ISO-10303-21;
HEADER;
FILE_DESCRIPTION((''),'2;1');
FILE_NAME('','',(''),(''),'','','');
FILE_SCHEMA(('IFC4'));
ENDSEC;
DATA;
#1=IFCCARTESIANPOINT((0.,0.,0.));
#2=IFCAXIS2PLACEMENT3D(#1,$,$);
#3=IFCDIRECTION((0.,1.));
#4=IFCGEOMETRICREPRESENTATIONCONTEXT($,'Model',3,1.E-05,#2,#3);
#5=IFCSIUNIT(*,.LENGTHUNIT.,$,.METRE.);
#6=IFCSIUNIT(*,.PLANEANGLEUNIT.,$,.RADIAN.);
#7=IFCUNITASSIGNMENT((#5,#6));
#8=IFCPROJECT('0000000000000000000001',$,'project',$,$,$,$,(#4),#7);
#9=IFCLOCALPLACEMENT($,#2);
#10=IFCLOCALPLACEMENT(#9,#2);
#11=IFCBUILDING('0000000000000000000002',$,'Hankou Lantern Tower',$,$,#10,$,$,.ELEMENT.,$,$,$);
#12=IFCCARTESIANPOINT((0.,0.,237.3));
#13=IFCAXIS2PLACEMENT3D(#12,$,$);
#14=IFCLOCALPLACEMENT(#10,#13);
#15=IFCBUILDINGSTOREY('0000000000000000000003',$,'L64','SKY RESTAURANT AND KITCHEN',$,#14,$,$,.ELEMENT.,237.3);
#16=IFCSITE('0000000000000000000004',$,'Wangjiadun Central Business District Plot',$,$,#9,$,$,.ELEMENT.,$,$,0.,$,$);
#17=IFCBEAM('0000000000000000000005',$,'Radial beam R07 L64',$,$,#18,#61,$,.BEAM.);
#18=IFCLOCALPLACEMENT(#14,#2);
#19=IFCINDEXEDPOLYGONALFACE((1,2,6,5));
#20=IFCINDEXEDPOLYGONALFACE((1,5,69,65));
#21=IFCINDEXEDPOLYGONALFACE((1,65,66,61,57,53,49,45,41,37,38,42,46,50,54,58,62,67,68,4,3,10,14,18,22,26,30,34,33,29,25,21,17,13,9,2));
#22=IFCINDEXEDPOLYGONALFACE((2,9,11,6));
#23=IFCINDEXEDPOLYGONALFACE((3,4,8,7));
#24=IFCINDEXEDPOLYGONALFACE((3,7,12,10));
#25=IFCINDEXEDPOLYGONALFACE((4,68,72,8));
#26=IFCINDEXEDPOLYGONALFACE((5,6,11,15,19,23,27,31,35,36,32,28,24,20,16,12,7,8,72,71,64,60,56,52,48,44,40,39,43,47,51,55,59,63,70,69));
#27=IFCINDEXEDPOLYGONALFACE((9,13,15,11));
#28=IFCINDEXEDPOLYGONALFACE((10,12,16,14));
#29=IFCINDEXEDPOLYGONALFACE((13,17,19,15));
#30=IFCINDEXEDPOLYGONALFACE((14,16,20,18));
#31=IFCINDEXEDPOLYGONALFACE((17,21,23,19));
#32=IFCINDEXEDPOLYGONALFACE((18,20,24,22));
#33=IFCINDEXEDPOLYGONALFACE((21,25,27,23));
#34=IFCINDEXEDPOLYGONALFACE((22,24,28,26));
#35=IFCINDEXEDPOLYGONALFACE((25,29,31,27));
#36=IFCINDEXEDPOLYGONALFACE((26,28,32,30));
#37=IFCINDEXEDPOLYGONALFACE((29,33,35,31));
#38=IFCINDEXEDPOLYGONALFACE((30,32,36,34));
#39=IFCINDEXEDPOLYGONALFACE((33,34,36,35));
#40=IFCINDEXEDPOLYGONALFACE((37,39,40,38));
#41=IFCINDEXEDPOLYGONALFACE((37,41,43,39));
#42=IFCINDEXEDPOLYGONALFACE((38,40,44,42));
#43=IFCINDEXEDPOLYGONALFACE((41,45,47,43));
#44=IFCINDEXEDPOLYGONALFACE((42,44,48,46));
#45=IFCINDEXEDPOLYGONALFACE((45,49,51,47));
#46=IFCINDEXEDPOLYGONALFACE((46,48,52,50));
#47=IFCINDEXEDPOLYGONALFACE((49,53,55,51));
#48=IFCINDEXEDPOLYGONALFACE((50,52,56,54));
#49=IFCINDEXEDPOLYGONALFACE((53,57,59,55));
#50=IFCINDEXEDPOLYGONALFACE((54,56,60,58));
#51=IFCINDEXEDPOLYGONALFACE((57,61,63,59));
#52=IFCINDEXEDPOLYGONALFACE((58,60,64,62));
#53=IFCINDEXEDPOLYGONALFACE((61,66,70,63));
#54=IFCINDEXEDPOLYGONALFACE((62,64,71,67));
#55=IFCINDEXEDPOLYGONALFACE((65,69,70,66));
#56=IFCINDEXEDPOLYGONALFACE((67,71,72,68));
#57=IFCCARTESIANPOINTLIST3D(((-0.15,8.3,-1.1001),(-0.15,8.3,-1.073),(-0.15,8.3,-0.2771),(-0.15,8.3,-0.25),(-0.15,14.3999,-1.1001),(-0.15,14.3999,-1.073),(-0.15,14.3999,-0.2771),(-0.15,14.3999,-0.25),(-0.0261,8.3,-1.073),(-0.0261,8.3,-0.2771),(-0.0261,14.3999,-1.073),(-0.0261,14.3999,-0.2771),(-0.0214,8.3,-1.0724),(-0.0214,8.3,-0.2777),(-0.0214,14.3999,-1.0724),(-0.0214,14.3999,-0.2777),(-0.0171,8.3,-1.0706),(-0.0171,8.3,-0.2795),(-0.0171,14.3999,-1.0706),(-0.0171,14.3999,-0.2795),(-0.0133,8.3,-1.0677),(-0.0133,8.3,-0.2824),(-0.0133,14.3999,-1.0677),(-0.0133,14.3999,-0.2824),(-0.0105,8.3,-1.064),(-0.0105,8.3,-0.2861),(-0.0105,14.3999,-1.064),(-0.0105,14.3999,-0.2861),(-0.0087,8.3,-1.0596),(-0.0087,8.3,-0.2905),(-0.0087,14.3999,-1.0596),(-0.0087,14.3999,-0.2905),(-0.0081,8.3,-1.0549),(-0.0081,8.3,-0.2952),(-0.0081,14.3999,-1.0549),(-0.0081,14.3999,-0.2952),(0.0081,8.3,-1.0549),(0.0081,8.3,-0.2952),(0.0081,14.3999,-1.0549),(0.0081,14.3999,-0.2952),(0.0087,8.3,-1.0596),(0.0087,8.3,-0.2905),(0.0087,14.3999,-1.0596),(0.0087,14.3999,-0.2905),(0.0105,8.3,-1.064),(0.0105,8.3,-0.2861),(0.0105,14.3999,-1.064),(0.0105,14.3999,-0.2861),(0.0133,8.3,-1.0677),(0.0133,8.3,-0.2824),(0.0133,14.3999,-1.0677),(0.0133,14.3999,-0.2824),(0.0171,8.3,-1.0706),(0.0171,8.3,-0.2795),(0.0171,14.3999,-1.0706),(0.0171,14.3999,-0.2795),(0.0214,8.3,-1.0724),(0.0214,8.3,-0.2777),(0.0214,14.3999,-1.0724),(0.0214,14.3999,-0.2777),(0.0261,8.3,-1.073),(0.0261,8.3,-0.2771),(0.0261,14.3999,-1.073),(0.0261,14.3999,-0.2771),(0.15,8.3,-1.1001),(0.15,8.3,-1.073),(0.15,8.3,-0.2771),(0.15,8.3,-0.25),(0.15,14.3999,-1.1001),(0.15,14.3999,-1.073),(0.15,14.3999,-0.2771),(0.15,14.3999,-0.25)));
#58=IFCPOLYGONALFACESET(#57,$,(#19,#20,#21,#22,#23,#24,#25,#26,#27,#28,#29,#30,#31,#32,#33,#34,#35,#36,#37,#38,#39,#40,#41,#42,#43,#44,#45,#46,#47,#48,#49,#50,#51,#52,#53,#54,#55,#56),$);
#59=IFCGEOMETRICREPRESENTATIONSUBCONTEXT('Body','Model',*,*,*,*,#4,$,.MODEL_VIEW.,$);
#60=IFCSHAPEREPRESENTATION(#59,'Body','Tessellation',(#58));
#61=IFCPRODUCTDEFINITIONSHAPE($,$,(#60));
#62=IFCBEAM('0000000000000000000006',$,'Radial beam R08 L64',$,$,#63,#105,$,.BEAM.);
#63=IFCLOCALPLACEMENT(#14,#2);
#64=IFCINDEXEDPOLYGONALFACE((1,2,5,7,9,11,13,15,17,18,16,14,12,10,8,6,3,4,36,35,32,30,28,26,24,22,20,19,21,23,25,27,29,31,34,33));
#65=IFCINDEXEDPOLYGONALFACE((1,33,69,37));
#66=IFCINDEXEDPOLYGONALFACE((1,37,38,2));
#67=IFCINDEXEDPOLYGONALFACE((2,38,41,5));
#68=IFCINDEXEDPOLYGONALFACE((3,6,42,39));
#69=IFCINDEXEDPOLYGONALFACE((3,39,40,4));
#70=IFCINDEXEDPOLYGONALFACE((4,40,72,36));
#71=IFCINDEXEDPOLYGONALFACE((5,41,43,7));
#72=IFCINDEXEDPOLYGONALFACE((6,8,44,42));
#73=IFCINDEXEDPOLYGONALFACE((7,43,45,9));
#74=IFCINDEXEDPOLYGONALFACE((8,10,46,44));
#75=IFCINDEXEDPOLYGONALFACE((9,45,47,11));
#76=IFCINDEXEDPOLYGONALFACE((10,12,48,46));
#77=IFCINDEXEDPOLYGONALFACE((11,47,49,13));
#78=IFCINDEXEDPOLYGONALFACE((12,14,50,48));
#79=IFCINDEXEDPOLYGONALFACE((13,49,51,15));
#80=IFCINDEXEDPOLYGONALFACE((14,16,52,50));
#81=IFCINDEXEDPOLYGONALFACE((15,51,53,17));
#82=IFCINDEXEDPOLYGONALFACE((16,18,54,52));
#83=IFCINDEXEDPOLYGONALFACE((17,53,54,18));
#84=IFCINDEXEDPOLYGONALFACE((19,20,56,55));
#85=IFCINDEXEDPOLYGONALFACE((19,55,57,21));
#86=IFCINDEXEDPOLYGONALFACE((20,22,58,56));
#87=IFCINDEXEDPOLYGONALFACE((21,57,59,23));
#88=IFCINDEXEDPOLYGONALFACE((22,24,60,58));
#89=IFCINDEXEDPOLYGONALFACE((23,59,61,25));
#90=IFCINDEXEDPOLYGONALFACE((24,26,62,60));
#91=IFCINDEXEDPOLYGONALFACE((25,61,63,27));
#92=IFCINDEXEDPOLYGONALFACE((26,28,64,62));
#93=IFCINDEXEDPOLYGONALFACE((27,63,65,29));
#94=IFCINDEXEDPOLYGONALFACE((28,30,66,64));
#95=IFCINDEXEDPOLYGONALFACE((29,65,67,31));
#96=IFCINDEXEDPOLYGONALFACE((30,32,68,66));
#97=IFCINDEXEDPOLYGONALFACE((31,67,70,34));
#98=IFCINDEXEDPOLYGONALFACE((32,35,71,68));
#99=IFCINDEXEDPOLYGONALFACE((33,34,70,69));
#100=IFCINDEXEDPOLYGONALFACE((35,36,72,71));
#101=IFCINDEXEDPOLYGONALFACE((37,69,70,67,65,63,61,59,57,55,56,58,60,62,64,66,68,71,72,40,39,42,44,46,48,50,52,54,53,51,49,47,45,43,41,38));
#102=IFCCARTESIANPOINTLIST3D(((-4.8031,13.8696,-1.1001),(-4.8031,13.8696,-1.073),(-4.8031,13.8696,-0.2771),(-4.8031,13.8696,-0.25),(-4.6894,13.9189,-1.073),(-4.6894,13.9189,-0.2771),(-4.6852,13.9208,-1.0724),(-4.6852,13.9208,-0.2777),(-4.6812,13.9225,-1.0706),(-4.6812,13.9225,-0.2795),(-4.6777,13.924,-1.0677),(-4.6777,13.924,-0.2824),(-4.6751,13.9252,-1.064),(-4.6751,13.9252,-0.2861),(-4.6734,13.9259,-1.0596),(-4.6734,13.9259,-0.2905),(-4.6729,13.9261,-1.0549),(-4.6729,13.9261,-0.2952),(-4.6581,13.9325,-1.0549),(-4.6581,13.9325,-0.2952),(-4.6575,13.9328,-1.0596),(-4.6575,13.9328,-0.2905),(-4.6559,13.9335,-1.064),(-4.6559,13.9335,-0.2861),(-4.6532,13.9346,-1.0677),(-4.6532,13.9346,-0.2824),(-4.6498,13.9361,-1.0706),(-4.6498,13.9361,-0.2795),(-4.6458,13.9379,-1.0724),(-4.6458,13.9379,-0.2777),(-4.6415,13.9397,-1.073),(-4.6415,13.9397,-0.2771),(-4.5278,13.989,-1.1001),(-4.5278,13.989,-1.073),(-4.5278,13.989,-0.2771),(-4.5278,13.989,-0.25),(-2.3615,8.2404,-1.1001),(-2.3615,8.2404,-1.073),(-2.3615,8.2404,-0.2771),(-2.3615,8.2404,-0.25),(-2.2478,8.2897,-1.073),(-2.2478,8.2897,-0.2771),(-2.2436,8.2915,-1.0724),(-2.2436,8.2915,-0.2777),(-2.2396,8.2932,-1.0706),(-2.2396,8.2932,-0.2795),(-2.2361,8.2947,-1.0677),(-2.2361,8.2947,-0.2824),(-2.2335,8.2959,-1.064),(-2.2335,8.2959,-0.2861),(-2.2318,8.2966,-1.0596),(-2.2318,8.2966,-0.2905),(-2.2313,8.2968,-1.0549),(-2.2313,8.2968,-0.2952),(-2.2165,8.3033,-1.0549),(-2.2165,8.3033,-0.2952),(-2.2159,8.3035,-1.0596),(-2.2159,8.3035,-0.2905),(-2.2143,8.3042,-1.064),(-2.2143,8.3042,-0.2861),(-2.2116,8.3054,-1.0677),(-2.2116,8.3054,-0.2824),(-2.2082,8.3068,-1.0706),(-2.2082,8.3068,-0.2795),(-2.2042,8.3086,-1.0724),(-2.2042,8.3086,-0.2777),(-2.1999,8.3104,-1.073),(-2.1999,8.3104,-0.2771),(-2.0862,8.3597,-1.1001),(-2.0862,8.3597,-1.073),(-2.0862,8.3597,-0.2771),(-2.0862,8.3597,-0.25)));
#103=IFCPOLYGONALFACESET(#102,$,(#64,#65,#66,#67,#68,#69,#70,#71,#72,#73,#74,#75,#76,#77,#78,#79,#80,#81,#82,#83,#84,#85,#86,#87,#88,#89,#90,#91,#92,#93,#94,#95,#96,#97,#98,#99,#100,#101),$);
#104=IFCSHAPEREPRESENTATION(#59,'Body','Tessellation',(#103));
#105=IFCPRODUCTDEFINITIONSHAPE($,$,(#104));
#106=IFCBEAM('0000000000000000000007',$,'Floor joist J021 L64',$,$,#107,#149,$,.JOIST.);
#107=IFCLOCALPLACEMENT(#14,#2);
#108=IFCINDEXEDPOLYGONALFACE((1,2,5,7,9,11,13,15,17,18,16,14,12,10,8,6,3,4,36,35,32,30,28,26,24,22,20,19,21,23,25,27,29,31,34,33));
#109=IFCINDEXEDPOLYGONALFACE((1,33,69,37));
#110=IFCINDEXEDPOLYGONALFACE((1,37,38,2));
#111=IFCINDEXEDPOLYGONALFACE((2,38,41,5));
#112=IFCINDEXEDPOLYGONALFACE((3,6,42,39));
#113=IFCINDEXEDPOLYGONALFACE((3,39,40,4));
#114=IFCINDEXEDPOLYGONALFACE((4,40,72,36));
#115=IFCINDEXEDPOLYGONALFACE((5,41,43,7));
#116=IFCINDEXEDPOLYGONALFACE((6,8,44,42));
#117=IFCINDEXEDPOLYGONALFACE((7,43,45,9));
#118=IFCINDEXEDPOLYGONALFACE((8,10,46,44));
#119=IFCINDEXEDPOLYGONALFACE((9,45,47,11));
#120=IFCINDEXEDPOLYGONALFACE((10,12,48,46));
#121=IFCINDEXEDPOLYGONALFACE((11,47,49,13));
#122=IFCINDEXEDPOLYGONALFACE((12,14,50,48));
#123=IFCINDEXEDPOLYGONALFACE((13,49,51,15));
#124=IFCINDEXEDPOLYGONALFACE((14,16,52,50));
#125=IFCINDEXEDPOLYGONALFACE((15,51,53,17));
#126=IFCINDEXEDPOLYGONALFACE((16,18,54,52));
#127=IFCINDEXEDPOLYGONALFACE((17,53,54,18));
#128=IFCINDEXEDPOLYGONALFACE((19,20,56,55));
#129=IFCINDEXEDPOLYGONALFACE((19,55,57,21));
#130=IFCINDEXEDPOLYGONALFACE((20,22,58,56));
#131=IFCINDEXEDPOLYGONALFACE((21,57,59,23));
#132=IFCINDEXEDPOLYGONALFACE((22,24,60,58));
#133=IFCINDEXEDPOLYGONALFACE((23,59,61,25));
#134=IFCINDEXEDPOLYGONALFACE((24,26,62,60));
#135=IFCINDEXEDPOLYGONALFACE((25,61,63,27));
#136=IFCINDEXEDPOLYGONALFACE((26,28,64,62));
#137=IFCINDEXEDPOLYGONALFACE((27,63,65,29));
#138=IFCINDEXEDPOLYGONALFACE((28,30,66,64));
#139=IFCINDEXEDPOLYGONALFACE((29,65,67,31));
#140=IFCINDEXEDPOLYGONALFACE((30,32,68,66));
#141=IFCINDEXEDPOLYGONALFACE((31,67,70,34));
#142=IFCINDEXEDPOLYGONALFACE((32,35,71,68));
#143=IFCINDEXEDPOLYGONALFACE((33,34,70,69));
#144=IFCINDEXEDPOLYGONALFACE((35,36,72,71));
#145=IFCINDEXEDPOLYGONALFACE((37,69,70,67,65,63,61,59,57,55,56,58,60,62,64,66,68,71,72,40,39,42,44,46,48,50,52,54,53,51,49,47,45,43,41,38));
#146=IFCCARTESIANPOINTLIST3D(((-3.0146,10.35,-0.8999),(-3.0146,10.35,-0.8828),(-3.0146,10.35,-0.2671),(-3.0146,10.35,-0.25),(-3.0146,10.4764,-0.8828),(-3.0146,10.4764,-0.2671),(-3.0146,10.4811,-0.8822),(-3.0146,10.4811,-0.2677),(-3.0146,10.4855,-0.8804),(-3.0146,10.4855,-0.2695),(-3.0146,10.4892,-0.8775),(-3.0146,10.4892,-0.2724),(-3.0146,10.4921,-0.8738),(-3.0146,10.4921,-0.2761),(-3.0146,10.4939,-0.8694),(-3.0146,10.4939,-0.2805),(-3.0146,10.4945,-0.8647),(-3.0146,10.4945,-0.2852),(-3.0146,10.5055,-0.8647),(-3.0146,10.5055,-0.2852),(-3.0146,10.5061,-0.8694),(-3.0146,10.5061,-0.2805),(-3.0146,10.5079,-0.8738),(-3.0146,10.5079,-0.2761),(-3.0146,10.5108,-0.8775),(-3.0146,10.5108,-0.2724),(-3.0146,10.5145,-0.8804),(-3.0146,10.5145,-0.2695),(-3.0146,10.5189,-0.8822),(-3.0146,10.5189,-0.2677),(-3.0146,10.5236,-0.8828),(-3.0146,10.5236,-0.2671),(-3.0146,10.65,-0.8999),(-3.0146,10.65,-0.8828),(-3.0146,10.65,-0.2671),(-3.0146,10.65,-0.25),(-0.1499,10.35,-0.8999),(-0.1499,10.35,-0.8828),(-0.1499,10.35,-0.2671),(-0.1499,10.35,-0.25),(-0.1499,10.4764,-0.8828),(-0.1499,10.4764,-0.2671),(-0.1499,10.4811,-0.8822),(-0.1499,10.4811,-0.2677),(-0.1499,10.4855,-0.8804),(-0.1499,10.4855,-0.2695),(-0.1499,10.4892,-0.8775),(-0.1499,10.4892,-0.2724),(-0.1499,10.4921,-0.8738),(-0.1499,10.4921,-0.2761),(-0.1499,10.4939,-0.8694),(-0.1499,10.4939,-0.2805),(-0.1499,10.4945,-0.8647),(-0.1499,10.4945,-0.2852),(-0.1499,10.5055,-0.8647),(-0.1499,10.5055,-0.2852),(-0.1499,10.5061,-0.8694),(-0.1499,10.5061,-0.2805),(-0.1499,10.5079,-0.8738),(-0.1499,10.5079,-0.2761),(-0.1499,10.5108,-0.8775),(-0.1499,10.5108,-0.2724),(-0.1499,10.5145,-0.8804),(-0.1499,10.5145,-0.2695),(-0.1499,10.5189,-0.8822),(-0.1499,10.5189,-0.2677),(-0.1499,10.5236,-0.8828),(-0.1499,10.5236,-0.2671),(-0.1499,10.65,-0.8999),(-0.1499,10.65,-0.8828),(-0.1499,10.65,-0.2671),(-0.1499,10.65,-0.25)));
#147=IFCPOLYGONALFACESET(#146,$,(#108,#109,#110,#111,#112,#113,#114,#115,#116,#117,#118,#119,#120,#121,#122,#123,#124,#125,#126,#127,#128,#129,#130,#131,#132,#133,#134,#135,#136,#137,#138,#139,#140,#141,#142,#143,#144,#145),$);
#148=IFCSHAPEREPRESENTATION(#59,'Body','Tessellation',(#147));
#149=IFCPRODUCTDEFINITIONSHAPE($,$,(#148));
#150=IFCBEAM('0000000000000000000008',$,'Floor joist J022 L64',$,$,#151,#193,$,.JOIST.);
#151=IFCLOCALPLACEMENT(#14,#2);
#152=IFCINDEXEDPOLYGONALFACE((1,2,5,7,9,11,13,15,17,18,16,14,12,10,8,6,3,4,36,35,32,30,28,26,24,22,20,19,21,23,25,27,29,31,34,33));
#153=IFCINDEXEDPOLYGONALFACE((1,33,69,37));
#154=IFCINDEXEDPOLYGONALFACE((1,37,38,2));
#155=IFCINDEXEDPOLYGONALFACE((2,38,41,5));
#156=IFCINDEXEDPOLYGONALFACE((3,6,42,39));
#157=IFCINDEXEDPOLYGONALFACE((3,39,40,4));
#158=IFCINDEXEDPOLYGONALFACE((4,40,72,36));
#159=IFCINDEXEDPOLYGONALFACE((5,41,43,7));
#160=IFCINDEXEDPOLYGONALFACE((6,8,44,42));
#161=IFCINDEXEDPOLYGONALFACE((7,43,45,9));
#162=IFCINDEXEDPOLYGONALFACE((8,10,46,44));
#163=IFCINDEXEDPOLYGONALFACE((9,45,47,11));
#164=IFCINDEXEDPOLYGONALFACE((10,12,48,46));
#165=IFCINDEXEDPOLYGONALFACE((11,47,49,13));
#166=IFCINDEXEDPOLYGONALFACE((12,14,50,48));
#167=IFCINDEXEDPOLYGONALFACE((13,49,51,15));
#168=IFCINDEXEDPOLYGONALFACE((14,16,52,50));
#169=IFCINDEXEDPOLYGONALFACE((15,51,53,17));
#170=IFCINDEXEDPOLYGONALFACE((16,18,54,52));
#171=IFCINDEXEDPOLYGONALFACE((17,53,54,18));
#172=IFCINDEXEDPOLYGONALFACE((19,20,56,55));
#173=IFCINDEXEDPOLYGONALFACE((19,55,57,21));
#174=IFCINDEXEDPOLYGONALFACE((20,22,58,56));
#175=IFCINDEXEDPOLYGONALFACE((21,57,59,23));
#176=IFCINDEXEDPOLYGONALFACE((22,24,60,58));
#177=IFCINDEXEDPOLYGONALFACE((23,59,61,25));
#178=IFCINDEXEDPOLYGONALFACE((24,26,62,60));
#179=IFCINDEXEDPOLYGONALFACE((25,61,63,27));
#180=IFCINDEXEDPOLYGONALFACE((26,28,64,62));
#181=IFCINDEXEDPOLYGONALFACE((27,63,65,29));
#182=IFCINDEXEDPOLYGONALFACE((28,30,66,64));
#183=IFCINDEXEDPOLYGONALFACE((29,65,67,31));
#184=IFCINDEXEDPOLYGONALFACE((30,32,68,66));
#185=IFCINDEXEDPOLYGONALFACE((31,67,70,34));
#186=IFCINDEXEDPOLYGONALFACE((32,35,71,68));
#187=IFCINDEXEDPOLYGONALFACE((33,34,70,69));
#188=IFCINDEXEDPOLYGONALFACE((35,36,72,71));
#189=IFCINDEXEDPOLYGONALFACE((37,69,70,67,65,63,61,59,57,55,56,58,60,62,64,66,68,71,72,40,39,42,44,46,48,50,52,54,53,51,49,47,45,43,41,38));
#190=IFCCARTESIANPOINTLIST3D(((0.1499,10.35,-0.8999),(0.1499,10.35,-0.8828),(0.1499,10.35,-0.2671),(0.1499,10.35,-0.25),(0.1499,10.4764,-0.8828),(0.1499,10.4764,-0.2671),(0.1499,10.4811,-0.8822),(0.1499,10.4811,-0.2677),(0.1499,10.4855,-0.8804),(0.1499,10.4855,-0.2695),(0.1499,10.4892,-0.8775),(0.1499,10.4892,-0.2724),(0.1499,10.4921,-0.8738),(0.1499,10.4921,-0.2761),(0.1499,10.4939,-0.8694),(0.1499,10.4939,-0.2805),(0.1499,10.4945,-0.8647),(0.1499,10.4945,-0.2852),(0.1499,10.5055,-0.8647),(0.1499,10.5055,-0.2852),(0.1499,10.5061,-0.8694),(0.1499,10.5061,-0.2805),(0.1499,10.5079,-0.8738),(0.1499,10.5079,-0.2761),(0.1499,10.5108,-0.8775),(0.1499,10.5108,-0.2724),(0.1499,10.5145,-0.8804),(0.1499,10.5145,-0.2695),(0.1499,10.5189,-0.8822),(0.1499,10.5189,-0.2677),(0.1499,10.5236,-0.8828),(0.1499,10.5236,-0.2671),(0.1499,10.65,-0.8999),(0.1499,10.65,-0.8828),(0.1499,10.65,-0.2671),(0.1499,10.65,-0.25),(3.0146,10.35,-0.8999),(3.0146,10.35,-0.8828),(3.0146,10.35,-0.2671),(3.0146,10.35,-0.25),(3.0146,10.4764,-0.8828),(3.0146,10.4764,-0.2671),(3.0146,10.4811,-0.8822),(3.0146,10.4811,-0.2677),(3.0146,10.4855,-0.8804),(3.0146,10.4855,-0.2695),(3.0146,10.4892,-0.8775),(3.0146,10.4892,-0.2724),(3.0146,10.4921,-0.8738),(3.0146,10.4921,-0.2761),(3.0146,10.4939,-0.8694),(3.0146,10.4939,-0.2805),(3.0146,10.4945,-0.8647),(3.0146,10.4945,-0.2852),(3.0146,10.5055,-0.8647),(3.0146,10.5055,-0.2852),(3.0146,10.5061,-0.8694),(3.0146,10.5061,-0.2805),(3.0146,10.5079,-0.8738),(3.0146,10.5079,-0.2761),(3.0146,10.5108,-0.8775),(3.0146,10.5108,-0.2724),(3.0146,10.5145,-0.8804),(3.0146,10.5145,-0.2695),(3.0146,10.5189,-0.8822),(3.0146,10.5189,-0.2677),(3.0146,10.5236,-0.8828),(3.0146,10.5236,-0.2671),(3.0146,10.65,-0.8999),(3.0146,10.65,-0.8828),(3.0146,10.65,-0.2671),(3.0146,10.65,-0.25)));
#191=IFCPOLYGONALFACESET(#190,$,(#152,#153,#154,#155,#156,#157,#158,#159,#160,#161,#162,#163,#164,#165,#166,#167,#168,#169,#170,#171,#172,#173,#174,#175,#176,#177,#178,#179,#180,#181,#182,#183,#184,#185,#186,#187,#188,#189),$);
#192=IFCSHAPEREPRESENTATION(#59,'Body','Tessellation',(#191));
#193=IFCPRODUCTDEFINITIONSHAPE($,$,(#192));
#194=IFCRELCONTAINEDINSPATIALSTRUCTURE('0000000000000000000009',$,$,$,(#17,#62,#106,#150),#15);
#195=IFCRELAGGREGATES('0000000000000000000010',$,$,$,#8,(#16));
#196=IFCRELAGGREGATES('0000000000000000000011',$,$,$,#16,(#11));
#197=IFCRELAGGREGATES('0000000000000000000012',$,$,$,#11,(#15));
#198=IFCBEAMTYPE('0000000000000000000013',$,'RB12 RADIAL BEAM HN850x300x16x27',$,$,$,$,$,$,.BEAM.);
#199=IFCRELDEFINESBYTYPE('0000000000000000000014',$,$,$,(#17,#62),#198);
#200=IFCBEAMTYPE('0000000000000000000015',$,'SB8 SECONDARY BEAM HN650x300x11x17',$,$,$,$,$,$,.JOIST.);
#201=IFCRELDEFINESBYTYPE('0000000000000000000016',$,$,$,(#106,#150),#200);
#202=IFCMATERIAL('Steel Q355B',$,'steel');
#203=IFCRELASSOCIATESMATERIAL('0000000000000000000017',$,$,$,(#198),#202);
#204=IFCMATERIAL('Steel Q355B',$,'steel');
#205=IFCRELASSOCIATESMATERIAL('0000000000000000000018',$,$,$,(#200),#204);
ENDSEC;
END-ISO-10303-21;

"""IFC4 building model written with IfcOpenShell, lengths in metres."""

from ifc_helpers import new_model, si_unit, direction, frame, origin, origin_2d, place, context, subcontext, project, spatial, i_section, extrude, material, material_profile, profile_set, type_object, element, save


model = new_model("IFC4")

# Units and contexts
model_context = context("Model", 3, precision=1e-05, world=origin(), true_north=direction((0.0, 1.0)))
body_context = subcontext(model_context, "Body", "Model", "MODEL_VIEW")
ifc_project = project(units=[si_unit("LENGTHUNIT", "METRE"), si_unit("PLANEANGLEUNIT", "RADIAN")], contexts=[model_context])

# Site, building, storey
site_placement = place(None, origin())
site = spatial("IfcSite", under=ifc_project, at=site_placement, Name="Wangjiadun Central Business District Plot", CompositionType="ELEMENT", RefElevation=0.0)
building_placement = place(site_placement, origin())
building = spatial("IfcBuilding", under=site, at=building_placement, Name="Hankou Lantern Tower", CompositionType="ELEMENT")
storey_placement = place(building_placement, frame((0.0, 0.0, 237.3)))
storey = spatial("IfcBuildingStorey", under=building, at=storey_placement, Name="L64", Description="SKY RESTAURANT AND KITCHEN", CompositionType="ELEMENT", Elevation=237.3)

# Beams
ifc_material_1 = material(Name="Steel Q355B", Category="steel")
ifc_material_profile_1 = material_profile(ifc_material_1, i_section(OverallWidth=0.3, OverallDepth=0.8501, WebThickness=0.0161, FlangeThickness=0.0271, FilletRadius=0.0181, at=origin_2d()), Name="HN850x300x16x27")
ifc_profile_set_1 = profile_set([ifc_material_profile_1], Name="Steel Q355B")
beam_type_1 = type_object("IfcBeamType", Name="RB12 RADIAL BEAM HN850x300x16x27", PredefinedType="BEAM", material=ifc_profile_set_1)
beam_1_placement = place(storey_placement, frame((0.0, 8.3, -0.675), z_axis=(0.0, 1.0, 0.0), x_axis=(-1.0, 0.0, 0.0)))
element("IfcBeam", 1, at=beam_1_placement, inside=storey, type_object=beam_type_1, Name="Radial beam R07 L64", PredefinedType="BEAM", context=body_context, shape_type="SweptSolid", body=[
    extrude(i_section(OverallWidth=0.3, OverallDepth=0.8501, WebThickness=0.0161, FlangeThickness=0.0271, FilletRadius=0.0181, at=origin_2d()), origin(), (0.0, 0.0, 1.0), 6.0999),
])
beam_2_placement = place(storey_placement, frame((-2.2239, 8.3, -0.675), z_axis=(-0.397916, 0.917422, 0.0), x_axis=(-0.917422, -0.397916, 0.0)))
element("IfcBeam", 2, at=beam_2_placement, inside=storey, type_object=beam_type_1, Name="Radial beam R08 L64", PredefinedType="BEAM", context=body_context, shape_type="SweptSolid", body=[
    extrude(i_section(OverallWidth=0.3, OverallDepth=0.8501, WebThickness=0.0161, FlangeThickness=0.0271, FilletRadius=0.0181, at=origin_2d()), origin(), (0.0, 0.0, 1.0), 6.136),
])
ifc_material_2 = material(Name="Steel Q355B", Category="steel")
ifc_material_profile_2 = material_profile(ifc_material_2, i_section(OverallWidth=0.3, OverallDepth=0.6499, WebThickness=0.011, FlangeThickness=0.0171, FilletRadius=0.0181, at=origin_2d()), Name="HN650x300x11x17")
ifc_profile_set_2 = profile_set([ifc_material_profile_2], Name="Steel Q355B")
beam_type_2 = type_object("IfcBeamType", Name="SB8 SECONDARY BEAM HN650x300x11x17", PredefinedType="JOIST", material=ifc_profile_set_2)
for number, where, z_axis, x_axis, name in (
    (3, (-3.0146, 10.5, -0.575), (1.0, 0.0, 0.0), (0.0, 1.0, 0.0), "Floor joist J021 L64"),
    (4, (0.1499, 10.5, -0.575), (1.0, 0.0, 0.0), (0.0, 1.0, 0.0), "Floor joist J022 L64"),
):
    element("IfcBeam", number, at=place(storey_placement, frame(where, z_axis=z_axis, x_axis=x_axis)), inside=storey, type_object=beam_type_2, Name=name, PredefinedType="JOIST", context=body_context, shape_type="SweptSolid", body=[
        extrude(i_section(OverallWidth=0.3, OverallDepth=0.6499, WebThickness=0.011, FlangeThickness=0.0171, FilletRadius=0.0181, at=origin_2d()), origin(), (0.0, 0.0, 1.0), 2.8647),
    ])

save(model, "model.ifc")
